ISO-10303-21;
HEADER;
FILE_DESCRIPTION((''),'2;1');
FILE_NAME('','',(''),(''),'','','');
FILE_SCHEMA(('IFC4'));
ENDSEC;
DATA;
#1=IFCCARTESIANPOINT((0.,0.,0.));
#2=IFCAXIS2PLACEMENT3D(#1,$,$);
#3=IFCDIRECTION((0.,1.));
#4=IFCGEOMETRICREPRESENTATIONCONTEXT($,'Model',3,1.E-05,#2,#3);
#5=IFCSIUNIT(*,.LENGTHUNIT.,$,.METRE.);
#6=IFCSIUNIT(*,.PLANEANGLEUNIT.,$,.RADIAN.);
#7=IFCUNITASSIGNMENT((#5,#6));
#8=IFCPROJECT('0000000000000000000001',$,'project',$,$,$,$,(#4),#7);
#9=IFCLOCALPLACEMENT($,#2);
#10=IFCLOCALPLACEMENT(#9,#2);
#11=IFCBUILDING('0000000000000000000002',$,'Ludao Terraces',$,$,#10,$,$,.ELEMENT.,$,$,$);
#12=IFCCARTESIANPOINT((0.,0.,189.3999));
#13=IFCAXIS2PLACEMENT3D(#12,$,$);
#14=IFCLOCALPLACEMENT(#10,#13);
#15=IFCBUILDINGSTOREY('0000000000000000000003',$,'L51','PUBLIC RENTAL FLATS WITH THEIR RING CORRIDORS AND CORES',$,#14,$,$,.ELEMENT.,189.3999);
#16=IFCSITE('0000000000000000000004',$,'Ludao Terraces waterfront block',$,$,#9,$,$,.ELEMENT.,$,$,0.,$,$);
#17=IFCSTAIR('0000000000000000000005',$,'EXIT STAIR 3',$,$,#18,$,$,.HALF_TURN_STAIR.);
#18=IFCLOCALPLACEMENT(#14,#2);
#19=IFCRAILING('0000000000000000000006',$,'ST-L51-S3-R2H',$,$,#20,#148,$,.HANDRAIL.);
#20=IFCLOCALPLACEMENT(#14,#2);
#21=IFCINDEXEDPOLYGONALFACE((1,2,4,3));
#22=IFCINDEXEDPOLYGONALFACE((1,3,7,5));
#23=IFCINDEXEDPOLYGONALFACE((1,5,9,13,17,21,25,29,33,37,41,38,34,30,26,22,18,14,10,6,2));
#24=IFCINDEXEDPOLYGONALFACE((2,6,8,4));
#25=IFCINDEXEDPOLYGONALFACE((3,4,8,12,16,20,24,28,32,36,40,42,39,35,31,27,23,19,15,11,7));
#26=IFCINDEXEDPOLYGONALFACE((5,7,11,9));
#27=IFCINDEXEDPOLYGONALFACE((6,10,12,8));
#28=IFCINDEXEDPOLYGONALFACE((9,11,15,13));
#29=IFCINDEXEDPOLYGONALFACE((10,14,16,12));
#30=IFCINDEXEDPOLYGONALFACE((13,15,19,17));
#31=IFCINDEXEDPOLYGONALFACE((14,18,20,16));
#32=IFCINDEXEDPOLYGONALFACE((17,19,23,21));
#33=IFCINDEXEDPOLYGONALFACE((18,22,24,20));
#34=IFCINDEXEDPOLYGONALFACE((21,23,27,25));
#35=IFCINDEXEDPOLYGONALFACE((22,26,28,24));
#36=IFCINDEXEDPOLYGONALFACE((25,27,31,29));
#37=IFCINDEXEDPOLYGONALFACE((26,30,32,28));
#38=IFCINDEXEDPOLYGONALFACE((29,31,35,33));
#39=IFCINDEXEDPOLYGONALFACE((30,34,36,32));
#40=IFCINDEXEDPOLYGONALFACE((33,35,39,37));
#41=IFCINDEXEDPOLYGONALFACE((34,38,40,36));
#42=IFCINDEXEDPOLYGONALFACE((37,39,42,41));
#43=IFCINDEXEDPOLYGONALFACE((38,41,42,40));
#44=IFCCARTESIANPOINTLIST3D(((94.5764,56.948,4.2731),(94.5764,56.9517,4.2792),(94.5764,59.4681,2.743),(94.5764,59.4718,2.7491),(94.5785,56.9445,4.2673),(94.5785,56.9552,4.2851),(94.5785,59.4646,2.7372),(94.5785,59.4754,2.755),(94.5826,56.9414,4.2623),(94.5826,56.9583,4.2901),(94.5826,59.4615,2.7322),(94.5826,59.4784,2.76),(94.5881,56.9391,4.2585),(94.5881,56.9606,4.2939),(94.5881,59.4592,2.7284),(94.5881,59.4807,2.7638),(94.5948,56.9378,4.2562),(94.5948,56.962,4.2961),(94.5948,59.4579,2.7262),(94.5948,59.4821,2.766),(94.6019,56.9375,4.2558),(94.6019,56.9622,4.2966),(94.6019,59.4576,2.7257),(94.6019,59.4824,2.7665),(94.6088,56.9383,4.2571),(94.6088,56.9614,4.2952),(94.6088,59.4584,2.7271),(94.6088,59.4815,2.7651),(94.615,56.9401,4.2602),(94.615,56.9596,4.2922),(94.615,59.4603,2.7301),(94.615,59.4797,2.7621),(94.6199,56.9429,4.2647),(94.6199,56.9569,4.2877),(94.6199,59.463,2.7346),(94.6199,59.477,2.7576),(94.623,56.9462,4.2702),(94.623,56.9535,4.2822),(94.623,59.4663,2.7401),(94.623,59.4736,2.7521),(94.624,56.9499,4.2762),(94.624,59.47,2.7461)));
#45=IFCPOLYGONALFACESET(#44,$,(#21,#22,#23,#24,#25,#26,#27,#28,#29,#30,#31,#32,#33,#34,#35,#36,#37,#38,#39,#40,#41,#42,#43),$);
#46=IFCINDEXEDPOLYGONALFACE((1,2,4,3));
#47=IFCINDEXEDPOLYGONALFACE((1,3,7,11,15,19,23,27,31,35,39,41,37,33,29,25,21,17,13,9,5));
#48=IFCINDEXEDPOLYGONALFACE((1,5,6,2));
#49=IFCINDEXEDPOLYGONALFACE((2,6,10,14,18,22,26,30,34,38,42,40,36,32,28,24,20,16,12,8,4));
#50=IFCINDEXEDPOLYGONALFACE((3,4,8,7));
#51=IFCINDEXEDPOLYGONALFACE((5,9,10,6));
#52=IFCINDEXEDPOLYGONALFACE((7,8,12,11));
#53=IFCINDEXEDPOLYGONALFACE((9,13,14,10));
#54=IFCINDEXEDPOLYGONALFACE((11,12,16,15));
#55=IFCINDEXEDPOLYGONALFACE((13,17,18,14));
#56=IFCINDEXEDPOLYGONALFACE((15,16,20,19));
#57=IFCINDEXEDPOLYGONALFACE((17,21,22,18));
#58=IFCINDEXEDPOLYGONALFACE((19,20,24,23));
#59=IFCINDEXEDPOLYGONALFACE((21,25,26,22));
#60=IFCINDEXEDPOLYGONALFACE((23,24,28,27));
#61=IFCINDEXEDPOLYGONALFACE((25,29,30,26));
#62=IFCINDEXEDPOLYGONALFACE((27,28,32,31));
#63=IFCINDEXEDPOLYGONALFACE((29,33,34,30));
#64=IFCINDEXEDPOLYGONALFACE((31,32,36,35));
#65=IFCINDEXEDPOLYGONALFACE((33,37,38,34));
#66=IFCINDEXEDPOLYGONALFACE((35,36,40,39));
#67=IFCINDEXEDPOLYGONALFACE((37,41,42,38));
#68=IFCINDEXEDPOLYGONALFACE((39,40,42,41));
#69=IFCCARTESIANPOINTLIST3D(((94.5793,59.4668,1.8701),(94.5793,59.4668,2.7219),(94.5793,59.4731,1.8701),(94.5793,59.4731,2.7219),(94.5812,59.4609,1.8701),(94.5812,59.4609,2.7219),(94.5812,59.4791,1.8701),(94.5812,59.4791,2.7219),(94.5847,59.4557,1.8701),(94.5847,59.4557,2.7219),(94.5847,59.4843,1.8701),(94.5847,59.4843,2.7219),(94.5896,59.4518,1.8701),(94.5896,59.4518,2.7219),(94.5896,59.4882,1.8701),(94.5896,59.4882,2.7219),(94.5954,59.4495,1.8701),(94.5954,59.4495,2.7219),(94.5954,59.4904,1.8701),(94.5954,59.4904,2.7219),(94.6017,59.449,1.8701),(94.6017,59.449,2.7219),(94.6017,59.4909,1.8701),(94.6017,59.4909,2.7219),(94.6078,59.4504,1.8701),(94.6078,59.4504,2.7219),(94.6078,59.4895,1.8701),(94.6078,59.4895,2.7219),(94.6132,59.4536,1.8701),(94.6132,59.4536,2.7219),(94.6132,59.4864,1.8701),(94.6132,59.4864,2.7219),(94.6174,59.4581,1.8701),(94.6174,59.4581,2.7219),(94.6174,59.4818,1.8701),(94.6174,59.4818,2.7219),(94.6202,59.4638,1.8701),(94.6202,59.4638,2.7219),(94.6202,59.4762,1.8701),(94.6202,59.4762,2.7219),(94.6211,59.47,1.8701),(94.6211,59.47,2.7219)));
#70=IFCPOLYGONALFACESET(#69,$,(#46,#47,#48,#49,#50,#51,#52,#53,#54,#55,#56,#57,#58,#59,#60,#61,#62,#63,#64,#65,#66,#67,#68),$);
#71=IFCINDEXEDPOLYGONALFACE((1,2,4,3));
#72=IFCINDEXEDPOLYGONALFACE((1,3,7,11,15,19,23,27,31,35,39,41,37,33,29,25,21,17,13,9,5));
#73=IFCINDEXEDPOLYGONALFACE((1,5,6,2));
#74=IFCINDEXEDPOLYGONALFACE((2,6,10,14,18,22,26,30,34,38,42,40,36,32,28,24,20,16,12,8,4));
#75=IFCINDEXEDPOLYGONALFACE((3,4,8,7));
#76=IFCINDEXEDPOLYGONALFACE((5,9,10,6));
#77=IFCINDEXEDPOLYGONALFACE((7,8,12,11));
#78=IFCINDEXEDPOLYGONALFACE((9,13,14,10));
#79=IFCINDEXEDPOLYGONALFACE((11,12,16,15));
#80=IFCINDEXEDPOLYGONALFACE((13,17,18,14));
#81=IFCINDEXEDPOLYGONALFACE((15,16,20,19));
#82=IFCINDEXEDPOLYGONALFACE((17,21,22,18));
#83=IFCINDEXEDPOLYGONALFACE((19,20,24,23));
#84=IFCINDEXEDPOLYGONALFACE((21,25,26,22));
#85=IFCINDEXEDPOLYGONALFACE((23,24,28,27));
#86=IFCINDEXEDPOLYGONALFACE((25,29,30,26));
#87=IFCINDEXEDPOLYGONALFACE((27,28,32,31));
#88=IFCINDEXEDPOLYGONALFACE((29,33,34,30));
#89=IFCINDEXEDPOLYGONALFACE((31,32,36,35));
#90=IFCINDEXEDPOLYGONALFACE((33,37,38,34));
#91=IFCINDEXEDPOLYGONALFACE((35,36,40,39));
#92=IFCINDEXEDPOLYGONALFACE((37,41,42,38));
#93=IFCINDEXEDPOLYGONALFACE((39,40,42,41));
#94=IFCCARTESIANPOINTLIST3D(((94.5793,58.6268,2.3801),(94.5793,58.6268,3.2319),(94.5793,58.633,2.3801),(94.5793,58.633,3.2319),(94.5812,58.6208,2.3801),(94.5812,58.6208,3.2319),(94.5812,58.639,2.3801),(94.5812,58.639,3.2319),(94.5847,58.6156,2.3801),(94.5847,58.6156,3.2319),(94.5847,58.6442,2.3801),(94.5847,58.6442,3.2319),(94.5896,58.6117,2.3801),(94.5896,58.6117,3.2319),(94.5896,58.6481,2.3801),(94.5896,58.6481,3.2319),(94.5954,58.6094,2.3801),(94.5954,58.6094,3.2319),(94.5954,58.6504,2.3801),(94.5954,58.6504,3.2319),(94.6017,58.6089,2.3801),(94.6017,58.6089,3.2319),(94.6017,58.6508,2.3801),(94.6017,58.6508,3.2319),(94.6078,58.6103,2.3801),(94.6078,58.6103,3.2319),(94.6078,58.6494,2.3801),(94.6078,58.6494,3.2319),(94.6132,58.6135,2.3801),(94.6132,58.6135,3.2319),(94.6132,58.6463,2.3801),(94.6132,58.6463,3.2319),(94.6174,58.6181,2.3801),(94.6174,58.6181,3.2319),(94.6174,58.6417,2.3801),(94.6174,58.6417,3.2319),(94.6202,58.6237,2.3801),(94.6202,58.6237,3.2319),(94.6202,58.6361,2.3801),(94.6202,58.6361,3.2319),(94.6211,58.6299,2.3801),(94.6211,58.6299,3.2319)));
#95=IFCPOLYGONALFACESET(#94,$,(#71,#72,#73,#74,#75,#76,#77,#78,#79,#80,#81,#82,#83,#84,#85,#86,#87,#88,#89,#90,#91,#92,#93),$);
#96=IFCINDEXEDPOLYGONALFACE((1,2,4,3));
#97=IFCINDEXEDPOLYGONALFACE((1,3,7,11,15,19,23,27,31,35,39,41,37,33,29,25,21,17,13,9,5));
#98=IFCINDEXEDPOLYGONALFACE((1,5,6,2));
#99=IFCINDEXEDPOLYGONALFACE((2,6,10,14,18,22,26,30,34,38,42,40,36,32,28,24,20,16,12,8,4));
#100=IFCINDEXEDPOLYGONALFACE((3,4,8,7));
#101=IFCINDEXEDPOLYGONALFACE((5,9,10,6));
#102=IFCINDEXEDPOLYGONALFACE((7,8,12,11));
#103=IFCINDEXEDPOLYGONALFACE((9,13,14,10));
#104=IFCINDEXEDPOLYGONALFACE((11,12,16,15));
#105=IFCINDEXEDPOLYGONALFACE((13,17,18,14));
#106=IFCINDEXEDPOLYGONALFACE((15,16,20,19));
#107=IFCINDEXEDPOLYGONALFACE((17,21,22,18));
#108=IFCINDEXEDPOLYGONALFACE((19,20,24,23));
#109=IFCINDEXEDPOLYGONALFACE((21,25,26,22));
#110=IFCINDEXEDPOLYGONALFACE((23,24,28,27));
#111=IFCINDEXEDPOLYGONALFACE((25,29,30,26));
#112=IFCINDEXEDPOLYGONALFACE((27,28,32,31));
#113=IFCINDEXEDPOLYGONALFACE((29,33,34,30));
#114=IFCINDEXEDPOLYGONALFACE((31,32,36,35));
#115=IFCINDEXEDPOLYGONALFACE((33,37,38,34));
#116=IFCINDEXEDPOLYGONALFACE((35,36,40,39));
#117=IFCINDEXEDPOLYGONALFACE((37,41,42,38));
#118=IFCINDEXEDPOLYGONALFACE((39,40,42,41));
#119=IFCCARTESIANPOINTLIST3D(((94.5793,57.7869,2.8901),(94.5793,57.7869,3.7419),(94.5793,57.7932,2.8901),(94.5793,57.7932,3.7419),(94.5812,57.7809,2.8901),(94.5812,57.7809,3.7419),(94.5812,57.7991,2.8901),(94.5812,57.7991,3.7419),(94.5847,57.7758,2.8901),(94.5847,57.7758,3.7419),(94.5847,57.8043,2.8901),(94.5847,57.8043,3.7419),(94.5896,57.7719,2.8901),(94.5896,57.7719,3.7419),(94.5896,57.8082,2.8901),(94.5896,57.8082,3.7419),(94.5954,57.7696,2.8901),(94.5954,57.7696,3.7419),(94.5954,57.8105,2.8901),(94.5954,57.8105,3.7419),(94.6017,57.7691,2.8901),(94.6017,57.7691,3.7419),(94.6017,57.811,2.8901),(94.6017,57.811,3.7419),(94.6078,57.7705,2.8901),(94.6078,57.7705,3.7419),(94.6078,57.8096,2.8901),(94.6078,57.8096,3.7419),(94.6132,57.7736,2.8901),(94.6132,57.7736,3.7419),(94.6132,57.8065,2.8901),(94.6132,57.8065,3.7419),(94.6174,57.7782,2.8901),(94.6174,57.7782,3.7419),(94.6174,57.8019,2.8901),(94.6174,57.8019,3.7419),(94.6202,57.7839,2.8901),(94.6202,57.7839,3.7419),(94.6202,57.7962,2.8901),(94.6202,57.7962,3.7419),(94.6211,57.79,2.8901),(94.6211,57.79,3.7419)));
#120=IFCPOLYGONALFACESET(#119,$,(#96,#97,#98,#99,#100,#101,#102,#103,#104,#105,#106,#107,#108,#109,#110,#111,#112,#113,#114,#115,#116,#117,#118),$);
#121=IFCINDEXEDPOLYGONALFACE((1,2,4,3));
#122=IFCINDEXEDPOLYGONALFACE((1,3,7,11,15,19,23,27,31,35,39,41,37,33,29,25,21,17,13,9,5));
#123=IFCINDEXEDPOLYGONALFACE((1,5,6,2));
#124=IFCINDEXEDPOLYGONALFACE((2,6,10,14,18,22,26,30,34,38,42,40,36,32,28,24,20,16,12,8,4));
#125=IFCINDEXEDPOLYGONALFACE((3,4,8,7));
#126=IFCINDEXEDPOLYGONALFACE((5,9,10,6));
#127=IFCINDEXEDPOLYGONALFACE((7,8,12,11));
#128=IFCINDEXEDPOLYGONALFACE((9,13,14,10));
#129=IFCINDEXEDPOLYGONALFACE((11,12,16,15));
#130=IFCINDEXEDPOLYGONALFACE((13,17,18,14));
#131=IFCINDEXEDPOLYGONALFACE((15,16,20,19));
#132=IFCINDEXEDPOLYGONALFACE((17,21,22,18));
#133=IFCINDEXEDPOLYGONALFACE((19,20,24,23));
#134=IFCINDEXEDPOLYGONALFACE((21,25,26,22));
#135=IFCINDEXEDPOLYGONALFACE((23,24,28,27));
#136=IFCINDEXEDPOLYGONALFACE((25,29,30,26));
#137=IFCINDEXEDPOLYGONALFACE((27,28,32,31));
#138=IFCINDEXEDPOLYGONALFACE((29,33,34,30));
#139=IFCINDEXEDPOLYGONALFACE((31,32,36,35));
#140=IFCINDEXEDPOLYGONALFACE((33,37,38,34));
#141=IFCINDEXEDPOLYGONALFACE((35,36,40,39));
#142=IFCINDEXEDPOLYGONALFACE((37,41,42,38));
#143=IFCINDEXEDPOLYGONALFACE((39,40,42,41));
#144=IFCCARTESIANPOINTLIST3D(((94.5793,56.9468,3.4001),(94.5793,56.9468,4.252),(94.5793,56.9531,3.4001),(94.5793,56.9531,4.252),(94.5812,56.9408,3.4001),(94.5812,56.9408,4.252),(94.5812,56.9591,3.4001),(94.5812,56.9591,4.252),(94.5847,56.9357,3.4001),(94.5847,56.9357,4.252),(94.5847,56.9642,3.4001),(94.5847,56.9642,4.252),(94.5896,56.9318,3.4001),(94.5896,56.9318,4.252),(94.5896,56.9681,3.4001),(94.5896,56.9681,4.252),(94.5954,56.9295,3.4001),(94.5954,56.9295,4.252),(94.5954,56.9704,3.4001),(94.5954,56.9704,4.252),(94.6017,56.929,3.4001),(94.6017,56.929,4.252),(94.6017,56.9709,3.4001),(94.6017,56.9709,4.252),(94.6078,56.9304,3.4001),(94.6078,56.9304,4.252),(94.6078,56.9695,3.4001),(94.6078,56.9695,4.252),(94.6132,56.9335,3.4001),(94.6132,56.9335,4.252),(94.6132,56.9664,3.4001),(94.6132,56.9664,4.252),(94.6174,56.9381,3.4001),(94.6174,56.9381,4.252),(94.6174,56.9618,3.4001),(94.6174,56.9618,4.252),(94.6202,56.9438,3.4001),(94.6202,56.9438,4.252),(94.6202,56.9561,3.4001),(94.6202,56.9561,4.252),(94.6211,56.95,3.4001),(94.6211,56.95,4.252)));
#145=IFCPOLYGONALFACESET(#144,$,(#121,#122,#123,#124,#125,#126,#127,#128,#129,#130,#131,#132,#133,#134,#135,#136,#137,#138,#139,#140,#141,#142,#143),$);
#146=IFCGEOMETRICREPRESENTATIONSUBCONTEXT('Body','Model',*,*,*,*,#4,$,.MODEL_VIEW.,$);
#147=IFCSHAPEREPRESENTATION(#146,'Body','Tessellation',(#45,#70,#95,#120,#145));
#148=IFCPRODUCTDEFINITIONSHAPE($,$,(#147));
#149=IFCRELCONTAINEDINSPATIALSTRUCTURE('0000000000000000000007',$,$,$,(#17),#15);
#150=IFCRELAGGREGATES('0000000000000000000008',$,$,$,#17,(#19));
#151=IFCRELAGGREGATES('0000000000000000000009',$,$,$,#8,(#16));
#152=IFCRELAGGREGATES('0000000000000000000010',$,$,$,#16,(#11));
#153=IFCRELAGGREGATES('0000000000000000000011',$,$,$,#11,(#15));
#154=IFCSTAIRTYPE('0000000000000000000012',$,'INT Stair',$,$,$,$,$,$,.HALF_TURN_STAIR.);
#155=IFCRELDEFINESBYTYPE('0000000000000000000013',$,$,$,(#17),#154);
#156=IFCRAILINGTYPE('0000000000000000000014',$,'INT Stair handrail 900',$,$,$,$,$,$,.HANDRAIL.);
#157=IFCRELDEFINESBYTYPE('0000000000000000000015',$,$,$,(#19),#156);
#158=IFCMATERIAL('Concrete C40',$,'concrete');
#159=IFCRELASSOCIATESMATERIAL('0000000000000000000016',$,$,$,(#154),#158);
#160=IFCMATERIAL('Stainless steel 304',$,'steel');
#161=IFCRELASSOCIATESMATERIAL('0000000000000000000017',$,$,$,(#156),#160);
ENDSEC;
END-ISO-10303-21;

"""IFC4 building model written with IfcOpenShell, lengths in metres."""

from ifc_helpers import new_model, si_unit, direction, frame, origin, origin_2d, place, context, subcontext, project, spatial, circle, extrude, material, type_object, element, aggregate, save


model = new_model("IFC4")

# Units and contexts
model_context = context("Model", 3, precision=1e-05, world=origin(), true_north=direction((0.0, 1.0)))
body_context = subcontext(model_context, "Body", "Model", "MODEL_VIEW")
ifc_project = project(units=[si_unit("LENGTHUNIT", "METRE"), si_unit("PLANEANGLEUNIT", "RADIAN")], contexts=[model_context])

# Site, building, storey
site_placement = place(None, origin())
site = spatial("IfcSite", under=ifc_project, at=site_placement, Name="Ludao Terraces waterfront block", CompositionType="ELEMENT", RefElevation=0.0)
building_placement = place(site_placement, origin())
building = spatial("IfcBuilding", under=site, at=building_placement, Name="Ludao Terraces", CompositionType="ELEMENT")
storey_placement = place(building_placement, frame((0.0, 0.0, 189.3999)))
storey = spatial("IfcBuildingStorey", under=building, at=storey_placement, Name="L51", Description="PUBLIC RENTAL FLATS WITH THEIR RING CORRIDORS AND CORES", CompositionType="ELEMENT", Elevation=189.3999)

# Shared definitions
ifc_material_1 = material(Name="Concrete C40", Category="concrete")

# Stair, railing
stair_type = type_object("IfcStairType", Name="INT Stair", PredefinedType="HALF_TURN_STAIR", material=ifc_material_1)
stair_placement = place(storey_placement, origin())
stair = element("IfcStair", 1, at=stair_placement, inside=storey, type_object=stair_type, Name="EXIT STAIR 3", PredefinedType="HALF_TURN_STAIR")
ifc_material_2 = material(Name="Stainless steel 304", Category="steel")
railing_type_1 = type_object("IfcRailingType", Name="INT Stair handrail 900", PredefinedType="HANDRAIL", material=ifc_material_2)
railing_1_placement = place(storey_placement, frame((94.6001, 59.47, 1.8701)))
railing_1 = element("IfcRailing", 2, at=railing_1_placement, type_object=railing_type_1, Name="ST-L51-S3-R2H", PredefinedType="HANDRAIL", context=body_context, shape_type="SweptSolid", body=[
    extrude(circle(Radius=0.0239, at=origin_2d()), frame((0.0, 0.0, 0.876), z_axis=(0.0, -0.854785, 0.518982), x_axis=(1.0, 0.0, 0.0)), (0.0, 0.0, 1.0), 2.9482),
    extrude(circle(Radius=0.021, at=origin_2d()), origin(), (0.0, 0.0, 1.0), 0.8518),
    extrude(circle(Radius=0.021, at=origin_2d()), frame((0.0, -0.8401, 0.51)), (0.0, 0.0, 1.0), 0.8518),
    extrude(circle(Radius=0.021, at=origin_2d()), frame((0.0, -1.6799, 1.02)), (0.0, 0.0, 1.0), 0.8518),
    extrude(circle(Radius=0.021, at=origin_2d()), frame((0.0, -2.52, 1.53)), (0.0, 0.0, 1.0), 0.8518),
])
aggregate(stair, [railing_1])

save(model, "model.ifc")
